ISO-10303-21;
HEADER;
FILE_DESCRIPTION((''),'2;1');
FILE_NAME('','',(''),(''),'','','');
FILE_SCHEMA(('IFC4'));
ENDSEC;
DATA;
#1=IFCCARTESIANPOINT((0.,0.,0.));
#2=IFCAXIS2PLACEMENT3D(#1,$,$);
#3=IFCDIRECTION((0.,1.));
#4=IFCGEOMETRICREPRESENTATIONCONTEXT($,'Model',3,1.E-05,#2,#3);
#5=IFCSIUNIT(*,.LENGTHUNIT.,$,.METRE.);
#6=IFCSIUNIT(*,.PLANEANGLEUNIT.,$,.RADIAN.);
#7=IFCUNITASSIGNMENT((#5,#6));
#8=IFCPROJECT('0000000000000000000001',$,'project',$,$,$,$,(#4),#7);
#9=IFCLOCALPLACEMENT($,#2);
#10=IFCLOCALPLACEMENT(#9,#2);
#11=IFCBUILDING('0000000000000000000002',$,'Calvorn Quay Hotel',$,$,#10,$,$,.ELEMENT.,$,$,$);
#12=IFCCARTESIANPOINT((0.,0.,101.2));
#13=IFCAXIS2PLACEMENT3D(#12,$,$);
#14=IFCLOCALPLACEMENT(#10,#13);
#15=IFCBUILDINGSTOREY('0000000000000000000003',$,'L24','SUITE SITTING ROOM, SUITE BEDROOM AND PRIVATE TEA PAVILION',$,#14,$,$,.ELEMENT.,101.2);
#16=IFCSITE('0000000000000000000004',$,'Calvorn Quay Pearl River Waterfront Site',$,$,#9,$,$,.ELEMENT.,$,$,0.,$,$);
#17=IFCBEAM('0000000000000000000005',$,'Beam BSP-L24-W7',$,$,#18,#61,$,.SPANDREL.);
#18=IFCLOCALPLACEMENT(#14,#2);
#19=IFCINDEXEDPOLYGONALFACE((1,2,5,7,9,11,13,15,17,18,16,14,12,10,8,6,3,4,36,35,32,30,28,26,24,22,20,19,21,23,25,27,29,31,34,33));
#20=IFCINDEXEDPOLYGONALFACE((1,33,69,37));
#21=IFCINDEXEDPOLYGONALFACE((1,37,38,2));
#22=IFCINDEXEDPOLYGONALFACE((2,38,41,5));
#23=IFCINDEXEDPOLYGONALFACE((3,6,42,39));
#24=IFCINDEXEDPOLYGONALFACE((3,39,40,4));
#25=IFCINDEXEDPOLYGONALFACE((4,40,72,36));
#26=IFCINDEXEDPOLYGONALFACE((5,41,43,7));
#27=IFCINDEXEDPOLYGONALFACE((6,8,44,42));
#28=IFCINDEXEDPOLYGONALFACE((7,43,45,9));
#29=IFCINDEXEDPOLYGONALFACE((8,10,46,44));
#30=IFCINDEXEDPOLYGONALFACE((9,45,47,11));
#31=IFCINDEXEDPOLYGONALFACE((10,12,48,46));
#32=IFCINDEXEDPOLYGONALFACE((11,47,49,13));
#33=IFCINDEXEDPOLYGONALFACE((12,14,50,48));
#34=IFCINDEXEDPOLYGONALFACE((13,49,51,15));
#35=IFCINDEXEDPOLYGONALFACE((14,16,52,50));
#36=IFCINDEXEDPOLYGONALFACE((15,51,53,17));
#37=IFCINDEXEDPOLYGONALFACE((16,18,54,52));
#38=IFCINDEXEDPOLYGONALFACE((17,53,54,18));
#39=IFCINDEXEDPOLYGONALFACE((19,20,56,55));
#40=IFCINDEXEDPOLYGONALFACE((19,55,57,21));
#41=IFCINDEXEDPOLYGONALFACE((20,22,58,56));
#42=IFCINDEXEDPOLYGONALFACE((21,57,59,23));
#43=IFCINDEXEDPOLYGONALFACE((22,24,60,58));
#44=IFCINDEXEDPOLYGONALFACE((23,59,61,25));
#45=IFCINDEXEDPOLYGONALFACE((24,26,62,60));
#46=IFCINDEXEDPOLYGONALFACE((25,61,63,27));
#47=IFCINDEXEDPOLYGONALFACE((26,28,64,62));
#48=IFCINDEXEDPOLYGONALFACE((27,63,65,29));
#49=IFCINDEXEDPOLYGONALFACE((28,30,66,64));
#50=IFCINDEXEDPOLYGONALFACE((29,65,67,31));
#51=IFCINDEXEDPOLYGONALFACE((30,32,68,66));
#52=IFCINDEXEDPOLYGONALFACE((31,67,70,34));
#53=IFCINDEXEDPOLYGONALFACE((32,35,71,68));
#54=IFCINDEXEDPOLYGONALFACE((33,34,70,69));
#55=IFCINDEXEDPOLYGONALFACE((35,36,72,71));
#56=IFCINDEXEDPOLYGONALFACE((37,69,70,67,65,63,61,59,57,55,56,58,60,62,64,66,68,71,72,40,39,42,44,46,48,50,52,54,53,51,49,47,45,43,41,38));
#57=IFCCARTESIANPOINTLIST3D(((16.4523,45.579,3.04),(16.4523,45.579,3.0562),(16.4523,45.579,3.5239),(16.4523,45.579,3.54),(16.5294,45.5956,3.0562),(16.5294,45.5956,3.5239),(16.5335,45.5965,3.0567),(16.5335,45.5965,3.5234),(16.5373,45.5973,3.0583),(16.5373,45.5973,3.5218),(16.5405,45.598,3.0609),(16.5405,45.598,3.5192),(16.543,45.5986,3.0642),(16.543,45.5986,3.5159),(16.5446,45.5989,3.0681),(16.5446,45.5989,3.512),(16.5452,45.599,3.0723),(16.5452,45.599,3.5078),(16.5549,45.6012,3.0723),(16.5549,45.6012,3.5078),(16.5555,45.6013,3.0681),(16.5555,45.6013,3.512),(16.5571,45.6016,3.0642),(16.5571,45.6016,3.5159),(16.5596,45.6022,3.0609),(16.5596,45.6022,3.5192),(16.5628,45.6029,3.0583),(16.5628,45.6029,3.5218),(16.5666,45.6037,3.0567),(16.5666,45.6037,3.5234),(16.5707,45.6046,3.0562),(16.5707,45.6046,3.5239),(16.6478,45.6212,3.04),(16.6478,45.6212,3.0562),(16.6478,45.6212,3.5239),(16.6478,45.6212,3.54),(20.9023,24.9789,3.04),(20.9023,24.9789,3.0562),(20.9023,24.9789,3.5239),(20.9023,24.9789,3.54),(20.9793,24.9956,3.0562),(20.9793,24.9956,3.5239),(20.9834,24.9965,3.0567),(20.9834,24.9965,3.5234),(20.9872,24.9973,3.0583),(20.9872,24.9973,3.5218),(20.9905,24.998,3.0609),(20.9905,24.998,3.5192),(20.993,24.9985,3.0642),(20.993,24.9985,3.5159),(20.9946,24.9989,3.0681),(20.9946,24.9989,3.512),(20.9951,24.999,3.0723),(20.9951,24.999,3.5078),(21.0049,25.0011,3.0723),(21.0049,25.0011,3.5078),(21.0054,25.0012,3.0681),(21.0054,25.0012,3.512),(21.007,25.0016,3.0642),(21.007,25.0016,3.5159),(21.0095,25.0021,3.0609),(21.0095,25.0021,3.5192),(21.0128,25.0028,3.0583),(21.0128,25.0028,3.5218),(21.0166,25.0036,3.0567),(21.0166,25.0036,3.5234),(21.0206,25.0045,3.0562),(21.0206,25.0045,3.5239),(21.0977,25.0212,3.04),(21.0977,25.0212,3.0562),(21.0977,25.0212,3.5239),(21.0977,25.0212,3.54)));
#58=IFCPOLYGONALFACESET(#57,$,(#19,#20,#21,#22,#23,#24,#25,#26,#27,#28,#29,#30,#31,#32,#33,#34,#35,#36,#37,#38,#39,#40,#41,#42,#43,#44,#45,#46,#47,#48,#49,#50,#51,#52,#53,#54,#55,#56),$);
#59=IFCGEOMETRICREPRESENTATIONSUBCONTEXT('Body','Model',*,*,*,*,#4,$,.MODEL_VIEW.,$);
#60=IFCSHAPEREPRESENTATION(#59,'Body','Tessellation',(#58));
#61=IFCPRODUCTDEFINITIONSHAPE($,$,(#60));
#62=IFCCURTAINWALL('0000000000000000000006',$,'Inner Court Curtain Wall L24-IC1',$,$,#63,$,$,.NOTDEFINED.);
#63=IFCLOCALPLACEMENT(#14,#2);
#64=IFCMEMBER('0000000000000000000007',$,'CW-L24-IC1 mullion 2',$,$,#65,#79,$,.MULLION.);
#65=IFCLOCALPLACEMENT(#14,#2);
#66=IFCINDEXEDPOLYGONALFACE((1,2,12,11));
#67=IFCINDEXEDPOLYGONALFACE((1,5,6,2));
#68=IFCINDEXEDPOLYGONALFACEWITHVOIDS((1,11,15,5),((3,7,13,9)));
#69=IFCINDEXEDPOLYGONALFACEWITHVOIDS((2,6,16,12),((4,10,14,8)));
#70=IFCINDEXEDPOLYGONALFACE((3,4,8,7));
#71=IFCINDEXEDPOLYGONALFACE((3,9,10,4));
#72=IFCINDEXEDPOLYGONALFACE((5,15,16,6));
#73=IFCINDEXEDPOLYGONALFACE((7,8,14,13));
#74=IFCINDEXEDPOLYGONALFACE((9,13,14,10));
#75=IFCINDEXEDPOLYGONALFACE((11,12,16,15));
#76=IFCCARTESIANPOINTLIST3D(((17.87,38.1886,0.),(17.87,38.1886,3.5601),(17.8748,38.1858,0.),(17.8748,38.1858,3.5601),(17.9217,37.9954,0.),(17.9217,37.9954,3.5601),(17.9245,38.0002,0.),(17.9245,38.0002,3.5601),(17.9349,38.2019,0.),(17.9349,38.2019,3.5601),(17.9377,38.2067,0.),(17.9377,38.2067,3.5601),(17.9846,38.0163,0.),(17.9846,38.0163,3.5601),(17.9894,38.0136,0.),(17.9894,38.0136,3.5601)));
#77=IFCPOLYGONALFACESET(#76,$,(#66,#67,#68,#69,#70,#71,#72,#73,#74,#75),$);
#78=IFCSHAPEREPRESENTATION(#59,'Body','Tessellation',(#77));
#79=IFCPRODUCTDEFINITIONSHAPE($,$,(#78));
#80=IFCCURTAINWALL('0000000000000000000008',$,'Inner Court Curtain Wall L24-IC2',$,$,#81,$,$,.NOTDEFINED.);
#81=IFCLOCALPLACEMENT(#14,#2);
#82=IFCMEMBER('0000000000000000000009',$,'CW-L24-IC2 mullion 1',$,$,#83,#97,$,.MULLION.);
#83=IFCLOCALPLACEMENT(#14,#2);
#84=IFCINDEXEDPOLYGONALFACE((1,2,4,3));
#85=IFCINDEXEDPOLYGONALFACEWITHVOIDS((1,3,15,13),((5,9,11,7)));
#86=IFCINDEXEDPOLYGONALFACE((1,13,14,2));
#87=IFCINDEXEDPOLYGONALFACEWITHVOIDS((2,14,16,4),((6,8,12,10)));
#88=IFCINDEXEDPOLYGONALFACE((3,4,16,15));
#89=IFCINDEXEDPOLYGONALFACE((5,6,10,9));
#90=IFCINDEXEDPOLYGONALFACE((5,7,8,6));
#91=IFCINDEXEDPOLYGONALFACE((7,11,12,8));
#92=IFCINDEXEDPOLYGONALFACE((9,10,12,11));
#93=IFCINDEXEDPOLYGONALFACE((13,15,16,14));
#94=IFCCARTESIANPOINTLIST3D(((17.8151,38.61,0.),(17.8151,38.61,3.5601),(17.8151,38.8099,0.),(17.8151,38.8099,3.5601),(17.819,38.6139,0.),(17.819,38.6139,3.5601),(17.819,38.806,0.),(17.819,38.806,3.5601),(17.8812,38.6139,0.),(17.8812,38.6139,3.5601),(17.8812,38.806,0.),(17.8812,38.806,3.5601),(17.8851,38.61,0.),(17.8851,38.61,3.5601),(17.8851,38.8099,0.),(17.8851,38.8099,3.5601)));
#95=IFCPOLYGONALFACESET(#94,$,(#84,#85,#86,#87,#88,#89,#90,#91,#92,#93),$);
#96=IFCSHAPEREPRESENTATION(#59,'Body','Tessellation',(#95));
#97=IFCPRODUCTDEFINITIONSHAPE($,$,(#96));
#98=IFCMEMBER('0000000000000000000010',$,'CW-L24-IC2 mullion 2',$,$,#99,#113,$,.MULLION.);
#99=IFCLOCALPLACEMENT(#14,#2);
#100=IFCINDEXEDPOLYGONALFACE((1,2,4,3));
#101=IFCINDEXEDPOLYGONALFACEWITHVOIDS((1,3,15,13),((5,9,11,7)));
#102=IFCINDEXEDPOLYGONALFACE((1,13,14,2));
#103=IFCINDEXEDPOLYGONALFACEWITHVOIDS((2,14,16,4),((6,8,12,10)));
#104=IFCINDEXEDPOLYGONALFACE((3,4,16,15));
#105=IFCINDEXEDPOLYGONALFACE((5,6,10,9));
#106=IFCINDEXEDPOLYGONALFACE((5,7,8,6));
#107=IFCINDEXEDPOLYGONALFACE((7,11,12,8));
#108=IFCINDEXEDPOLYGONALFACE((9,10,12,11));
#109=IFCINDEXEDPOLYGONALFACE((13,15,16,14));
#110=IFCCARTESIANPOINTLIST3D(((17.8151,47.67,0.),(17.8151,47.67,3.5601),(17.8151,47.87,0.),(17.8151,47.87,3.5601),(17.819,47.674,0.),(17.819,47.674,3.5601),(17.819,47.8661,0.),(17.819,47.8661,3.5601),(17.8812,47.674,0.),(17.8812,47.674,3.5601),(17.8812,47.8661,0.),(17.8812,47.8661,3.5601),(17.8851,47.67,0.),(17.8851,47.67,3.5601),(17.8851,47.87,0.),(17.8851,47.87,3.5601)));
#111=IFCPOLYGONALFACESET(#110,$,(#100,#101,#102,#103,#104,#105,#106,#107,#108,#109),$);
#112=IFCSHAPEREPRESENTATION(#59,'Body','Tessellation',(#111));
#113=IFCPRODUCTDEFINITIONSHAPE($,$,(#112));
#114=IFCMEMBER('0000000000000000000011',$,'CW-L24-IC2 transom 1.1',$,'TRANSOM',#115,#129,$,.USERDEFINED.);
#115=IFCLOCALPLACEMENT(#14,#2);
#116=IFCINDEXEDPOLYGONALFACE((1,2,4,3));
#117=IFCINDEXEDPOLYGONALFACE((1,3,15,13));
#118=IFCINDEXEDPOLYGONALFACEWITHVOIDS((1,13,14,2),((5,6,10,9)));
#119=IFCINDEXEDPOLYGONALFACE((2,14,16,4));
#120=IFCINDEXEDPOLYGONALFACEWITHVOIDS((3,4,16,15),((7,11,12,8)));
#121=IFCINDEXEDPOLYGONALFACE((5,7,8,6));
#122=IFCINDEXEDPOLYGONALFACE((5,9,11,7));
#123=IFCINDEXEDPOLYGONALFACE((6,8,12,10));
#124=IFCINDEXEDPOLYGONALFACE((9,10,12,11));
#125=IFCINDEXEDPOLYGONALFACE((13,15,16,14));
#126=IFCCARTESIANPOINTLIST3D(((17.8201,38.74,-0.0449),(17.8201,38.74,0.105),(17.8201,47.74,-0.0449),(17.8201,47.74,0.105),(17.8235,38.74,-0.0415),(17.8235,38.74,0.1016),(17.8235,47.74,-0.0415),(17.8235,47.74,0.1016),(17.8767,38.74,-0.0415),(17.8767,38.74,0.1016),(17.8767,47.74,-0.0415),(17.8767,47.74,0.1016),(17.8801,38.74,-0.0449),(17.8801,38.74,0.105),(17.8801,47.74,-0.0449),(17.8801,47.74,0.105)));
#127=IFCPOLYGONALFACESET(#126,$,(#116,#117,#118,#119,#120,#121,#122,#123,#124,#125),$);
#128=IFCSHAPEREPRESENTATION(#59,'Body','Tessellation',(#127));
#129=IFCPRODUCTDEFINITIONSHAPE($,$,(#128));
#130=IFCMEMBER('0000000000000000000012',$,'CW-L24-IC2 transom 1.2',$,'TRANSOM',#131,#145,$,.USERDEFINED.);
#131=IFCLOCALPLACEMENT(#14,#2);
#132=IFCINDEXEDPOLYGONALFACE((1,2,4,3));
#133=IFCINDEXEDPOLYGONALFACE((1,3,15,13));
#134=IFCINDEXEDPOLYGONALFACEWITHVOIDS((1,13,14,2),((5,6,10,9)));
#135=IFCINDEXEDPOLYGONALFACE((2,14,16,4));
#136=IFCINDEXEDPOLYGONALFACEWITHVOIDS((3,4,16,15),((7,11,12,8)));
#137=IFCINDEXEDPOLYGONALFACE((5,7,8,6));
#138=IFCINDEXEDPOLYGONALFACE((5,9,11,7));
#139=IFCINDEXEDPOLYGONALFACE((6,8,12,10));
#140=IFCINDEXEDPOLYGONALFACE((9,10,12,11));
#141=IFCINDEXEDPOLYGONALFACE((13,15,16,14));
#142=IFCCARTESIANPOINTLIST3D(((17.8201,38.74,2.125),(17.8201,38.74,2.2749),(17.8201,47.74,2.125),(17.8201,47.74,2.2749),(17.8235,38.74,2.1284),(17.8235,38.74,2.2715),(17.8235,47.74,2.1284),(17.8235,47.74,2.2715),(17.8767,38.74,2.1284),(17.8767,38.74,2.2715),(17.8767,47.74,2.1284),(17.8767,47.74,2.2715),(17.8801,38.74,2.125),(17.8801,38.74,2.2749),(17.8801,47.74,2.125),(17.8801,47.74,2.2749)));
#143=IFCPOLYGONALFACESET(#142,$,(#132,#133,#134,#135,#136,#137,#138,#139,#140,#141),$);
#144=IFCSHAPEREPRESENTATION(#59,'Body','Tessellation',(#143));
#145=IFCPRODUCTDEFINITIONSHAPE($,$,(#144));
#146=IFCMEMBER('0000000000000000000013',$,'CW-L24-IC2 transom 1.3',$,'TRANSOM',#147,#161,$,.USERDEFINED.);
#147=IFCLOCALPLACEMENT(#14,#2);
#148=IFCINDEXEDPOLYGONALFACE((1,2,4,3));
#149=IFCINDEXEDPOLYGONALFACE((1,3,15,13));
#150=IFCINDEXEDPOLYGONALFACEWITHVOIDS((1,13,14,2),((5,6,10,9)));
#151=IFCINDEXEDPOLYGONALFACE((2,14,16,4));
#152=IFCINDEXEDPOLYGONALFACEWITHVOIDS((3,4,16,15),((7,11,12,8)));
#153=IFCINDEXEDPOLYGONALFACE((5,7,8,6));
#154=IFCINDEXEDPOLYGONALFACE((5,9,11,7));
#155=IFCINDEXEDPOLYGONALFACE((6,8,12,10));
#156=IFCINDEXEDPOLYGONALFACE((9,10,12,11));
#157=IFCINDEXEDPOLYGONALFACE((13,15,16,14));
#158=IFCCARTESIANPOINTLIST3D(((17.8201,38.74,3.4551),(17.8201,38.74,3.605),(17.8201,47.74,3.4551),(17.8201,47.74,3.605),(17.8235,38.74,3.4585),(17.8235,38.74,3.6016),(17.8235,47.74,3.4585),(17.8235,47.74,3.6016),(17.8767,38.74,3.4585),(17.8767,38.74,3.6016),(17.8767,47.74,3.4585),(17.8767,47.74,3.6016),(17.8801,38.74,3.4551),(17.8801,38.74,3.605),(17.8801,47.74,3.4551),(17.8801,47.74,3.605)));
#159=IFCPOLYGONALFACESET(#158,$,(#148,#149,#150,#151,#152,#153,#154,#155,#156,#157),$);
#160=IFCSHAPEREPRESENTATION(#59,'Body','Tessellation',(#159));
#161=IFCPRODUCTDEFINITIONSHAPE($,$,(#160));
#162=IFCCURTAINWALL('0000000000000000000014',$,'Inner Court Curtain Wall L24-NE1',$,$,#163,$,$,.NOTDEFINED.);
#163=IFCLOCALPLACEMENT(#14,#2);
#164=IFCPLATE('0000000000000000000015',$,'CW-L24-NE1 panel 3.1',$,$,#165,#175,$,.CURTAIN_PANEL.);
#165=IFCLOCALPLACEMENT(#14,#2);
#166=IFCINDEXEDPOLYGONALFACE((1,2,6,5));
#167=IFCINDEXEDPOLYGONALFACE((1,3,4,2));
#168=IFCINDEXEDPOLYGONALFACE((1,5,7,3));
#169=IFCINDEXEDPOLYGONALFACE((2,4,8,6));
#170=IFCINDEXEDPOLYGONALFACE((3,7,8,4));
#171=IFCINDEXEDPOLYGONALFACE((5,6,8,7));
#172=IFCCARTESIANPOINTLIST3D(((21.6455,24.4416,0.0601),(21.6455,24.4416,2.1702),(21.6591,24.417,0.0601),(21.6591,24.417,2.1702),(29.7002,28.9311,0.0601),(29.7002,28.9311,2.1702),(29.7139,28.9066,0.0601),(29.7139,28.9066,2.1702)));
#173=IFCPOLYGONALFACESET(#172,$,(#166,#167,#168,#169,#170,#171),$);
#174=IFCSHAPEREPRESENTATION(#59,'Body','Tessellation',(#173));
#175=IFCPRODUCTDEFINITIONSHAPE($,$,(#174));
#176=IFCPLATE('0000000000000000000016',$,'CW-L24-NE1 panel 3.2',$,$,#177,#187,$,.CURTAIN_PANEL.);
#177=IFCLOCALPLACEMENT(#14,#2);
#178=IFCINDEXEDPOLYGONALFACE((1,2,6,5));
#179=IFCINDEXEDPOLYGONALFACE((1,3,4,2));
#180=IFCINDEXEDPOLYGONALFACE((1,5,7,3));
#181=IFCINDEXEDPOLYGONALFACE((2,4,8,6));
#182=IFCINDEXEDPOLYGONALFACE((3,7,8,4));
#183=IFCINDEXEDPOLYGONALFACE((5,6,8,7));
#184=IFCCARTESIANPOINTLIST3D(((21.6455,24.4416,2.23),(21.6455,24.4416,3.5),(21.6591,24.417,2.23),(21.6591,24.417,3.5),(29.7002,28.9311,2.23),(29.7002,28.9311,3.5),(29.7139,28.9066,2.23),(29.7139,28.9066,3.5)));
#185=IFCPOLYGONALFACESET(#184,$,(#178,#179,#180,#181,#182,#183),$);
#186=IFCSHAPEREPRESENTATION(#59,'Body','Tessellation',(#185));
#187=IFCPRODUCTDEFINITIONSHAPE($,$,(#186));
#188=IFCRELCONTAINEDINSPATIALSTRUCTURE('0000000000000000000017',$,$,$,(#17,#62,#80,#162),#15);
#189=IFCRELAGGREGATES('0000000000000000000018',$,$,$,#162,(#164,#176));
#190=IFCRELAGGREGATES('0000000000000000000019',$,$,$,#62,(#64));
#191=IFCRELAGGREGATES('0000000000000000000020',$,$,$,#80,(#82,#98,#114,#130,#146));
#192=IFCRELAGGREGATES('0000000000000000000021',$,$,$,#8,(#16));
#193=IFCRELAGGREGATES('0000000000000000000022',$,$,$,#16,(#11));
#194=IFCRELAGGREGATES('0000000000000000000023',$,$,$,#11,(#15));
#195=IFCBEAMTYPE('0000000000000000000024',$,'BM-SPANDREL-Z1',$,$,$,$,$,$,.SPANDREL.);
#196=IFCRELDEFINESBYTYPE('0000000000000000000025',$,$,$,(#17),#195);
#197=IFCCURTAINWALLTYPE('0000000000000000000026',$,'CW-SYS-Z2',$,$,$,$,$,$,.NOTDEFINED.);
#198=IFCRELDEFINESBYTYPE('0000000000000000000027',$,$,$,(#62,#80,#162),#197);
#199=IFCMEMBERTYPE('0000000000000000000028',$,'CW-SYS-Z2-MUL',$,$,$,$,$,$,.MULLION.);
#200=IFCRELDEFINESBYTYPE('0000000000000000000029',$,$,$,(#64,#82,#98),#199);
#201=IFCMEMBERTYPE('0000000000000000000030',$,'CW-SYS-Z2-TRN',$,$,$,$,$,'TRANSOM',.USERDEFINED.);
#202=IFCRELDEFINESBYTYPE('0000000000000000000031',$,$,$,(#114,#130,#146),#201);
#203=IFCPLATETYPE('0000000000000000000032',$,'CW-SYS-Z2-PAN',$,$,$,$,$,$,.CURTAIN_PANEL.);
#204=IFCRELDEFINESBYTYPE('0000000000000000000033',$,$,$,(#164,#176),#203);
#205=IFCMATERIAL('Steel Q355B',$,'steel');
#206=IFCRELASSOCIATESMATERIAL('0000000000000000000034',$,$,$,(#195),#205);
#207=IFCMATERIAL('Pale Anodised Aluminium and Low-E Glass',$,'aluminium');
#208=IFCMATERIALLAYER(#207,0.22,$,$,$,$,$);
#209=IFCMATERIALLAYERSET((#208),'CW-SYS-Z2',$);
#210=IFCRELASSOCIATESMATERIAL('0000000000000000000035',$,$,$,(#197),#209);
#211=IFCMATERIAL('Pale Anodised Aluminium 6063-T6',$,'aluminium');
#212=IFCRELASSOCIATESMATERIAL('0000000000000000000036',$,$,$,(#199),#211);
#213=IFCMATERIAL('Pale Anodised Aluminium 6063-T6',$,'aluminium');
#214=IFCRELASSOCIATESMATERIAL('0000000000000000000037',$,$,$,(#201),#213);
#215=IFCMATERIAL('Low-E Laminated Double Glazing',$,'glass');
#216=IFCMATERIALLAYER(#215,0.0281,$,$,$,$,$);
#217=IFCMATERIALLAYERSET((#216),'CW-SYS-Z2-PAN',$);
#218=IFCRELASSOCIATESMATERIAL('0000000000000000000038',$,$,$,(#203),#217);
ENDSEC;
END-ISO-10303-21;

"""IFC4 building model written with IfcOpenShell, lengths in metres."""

from ifc_helpers import new_model, si_unit, direction, frame, origin, origin_2d, place, context, subcontext, project, spatial, rectangle, hollow_rectangle, i_section, extrude, material, layer, layer_set, material_profile, profile_set, type_object, element, aggregate, save


model = new_model("IFC4")

# Units and contexts
model_context = context("Model", 3, precision=1e-05, world=origin(), true_north=direction((0.0, 1.0)))
body_context = subcontext(model_context, "Body", "Model", "MODEL_VIEW")
ifc_project = project(units=[si_unit("LENGTHUNIT", "METRE"), si_unit("PLANEANGLEUNIT", "RADIAN")], contexts=[model_context])

# Site, building, storey
site_placement = place(None, origin())
site = spatial("IfcSite", under=ifc_project, at=site_placement, Name="Calvorn Quay Pearl River Waterfront Site", CompositionType="ELEMENT", RefElevation=0.0)
building_placement = place(site_placement, origin())
building = spatial("IfcBuilding", under=site, at=building_placement, Name="Calvorn Quay Hotel", CompositionType="ELEMENT")
storey_placement = place(building_placement, frame((0.0, 0.0, 101.2)))
storey = spatial("IfcBuildingStorey", under=building, at=storey_placement, Name="L24", Description="SUITE SITTING ROOM, SUITE BEDROOM AND PRIVATE TEA PAVILION", CompositionType="ELEMENT", Elevation=101.2)

# Beam
ifc_material_1 = material(Name="Steel Q355B", Category="steel")
ifc_material_profile_1 = material_profile(ifc_material_1, i_section(OverallWidth=0.2, OverallDepth=0.5, WebThickness=0.01, FlangeThickness=0.0161, FilletRadius=0.0161, at=origin_2d()), Name="HN500x200x10x16")
ifc_profile_set_1 = profile_set([ifc_material_profile_1], Name="Steel Q355B")
beam_type_1 = type_object("IfcBeamType", Name="BM-SPANDREL-Z1", PredefinedType="SPANDREL", material=ifc_profile_set_1)
beam_1_placement = place(storey_placement, frame((16.55, 45.6001, 3.29), z_axis=(0.211146, -0.977455, 0.0), x_axis=(0.977455, 0.211146, 0.0)))
element("IfcBeam", 1, at=beam_1_placement, inside=storey, type_object=beam_type_1, Name="Beam BSP-L24-W7", PredefinedType="SPANDREL", context=body_context, shape_type="SweptSolid", body=[
    extrude(i_section(OverallWidth=0.2, OverallDepth=0.5, WebThickness=0.01, FlangeThickness=0.0161, FilletRadius=0.0161, at=origin_2d()), origin(), (0.0, 0.0, 1.0), 21.0752),
])

# Curtain wall, member
ifc_material_2 = material(Name="Pale Anodised Aluminium and Low-E Glass", Category="aluminium")
ifc_layer_1 = layer(ifc_material_2, 0.22)
ifc_layer_set_1 = layer_set([ifc_layer_1], Name="CW-SYS-Z2")
curtain_wall_type = type_object("IfcCurtainWallType", Name="CW-SYS-Z2", PredefinedType="NOTDEFINED", material=ifc_layer_set_1)
curtain_wall_1_placement = place(storey_placement, origin())
curtain_wall_1 = element("IfcCurtainWall", 2, at=curtain_wall_1_placement, inside=storey, type_object=curtain_wall_type, Name="Inner Court Curtain Wall L24-IC1", PredefinedType="NOTDEFINED")
ifc_material_3 = material(Name="Pale Anodised Aluminium 6063-T6", Category="aluminium")
ifc_material_profile_2 = material_profile(ifc_material_3, hollow_rectangle(XDim=0.0701, YDim=0.2, WallThickness=0.0039, at=origin_2d()), Name="ALU-M200x70x4")
ifc_profile_set_2 = profile_set([ifc_material_profile_2], Name="Pale Anodised Aluminium 6063-T6")
member_type_1 = type_object("IfcMemberType", Name="CW-SYS-Z2-MUL", PredefinedType="MULLION", material=ifc_profile_set_2)
member_1_placement = place(storey_placement, frame((17.9297, 38.1011, 0.0), z_axis=(0.0, 0.0, 1.0), x_axis=(-0.965937, -0.258779, 0.0)))
member_1 = element("IfcMember", 3, at=member_1_placement, type_object=member_type_1, Name="CW-L24-IC1 mullion 2", PredefinedType="MULLION", context=body_context, shape_type="SweptSolid", body=[
    extrude(hollow_rectangle(XDim=0.0701, YDim=0.2, WallThickness=0.0039, at=origin_2d()), origin(), (0.0, 0.0, 1.0), 3.5601),
])

# Curtain wall, members
curtain_wall_2_placement = place(storey_placement, origin())
curtain_wall_2 = element("IfcCurtainWall", 4, at=curtain_wall_2_placement, inside=storey, type_object=curtain_wall_type, Name="Inner Court Curtain Wall L24-IC2", PredefinedType="NOTDEFINED")
member_2_placement = place(storey_placement, frame((17.8501, 38.71, 0.0), z_axis=(0.0, 0.0, 1.0), x_axis=(-1.0, 0.0, 0.0)))
member_2 = element("IfcMember", 5, at=member_2_placement, type_object=member_type_1, Name="CW-L24-IC2 mullion 1", PredefinedType="MULLION", context=body_context, shape_type="SweptSolid", body=[
    extrude(hollow_rectangle(XDim=0.0701, YDim=0.2, WallThickness=0.0039, at=origin_2d()), origin(), (0.0, 0.0, 1.0), 3.5601),
])
member_3_placement = place(storey_placement, frame((17.8501, 47.77, 0.0), z_axis=(0.0, 0.0, 1.0), x_axis=(-1.0, 0.0, 0.0)))
member_3 = element("IfcMember", 6, at=member_3_placement, type_object=member_type_1, Name="CW-L24-IC2 mullion 2", PredefinedType="MULLION", context=body_context, shape_type="SweptSolid", body=[
    extrude(hollow_rectangle(XDim=0.0701, YDim=0.2, WallThickness=0.0039, at=origin_2d()), origin(), (0.0, 0.0, 1.0), 3.5601),
])
ifc_material_4 = material(Name="Pale Anodised Aluminium 6063-T6", Category="aluminium")
ifc_material_profile_3 = material_profile(ifc_material_4, hollow_rectangle(XDim=0.0601, YDim=0.1499, WallThickness=0.0034, at=origin_2d()), Name="ALU-T150x60x3.5")
ifc_profile_set_3 = profile_set([ifc_material_profile_3], Name="Pale Anodised Aluminium 6063-T6")
member_type_2 = type_object("IfcMemberType", Name="CW-SYS-Z2-TRN", ElementType="TRANSOM", PredefinedType="USERDEFINED", material=ifc_profile_set_3)
member_4_placement = place(storey_placement, frame((17.8501, 38.74, 0.03), z_axis=(0.0, 1.0, 0.0), x_axis=(-1.0, 0.0, 0.0)))
member_4 = element("IfcMember", 7, at=member_4_placement, type_object=member_type_2, Name="CW-L24-IC2 transom 1.1", ObjectType="TRANSOM", PredefinedType="USERDEFINED", context=body_context, shape_type="SweptSolid", body=[
    extrude(hollow_rectangle(XDim=0.0601, YDim=0.1499, WallThickness=0.0034, at=origin_2d()), origin(), (0.0, 0.0, 1.0), 9.0),
])
member_5_placement = place(storey_placement, frame((17.8501, 38.74, 2.2), z_axis=(0.0, 1.0, 0.0), x_axis=(-1.0, 0.0, 0.0)))
member_5 = element("IfcMember", 8, at=member_5_placement, type_object=member_type_2, Name="CW-L24-IC2 transom 1.2", ObjectType="TRANSOM", PredefinedType="USERDEFINED", context=body_context, shape_type="SweptSolid", body=[
    extrude(hollow_rectangle(XDim=0.0601, YDim=0.1499, WallThickness=0.0034, at=origin_2d()), origin(), (0.0, 0.0, 1.0), 9.0),
])
member_6_placement = place(storey_placement, frame((17.8501, 38.74, 3.53), z_axis=(0.0, 1.0, 0.0), x_axis=(-1.0, 0.0, 0.0)))
member_6 = element("IfcMember", 9, at=member_6_placement, type_object=member_type_2, Name="CW-L24-IC2 transom 1.3", ObjectType="TRANSOM", PredefinedType="USERDEFINED", context=body_context, shape_type="SweptSolid", body=[
    extrude(hollow_rectangle(XDim=0.0601, YDim=0.1499, WallThickness=0.0034, at=origin_2d()), origin(), (0.0, 0.0, 1.0), 9.0),
])

# Curtain wall, plates
curtain_wall_3_placement = place(storey_placement, origin())
curtain_wall_3 = element("IfcCurtainWall", 10, at=curtain_wall_3_placement, inside=storey, type_object=curtain_wall_type, Name="Inner Court Curtain Wall L24-NE1", PredefinedType="NOTDEFINED")
ifc_material_5 = material(Name="Low-E Laminated Double Glazing", Category="glass")
ifc_layer_2 = layer(ifc_material_5, 0.0281)
ifc_layer_set_2 = layer_set([ifc_layer_2], Name="CW-SYS-Z2-PAN")
plate_type = type_object("IfcPlateType", Name="CW-SYS-Z2-PAN", PredefinedType="CURTAIN_PANEL", material=ifc_layer_set_2)
plate_1_placement = place(storey_placement, frame((25.6797, 26.6741, 0.0601), z_axis=(0.0, 0.0, 1.0), x_axis=(-0.873481, -0.486858, 0.0)))
plate_1 = element("IfcPlate", 11, at=plate_1_placement, type_object=plate_type, Name="CW-L24-NE1 panel 3.1", PredefinedType="CURTAIN_PANEL", context=body_context, shape_type="SweptSolid", body=[
    extrude(rectangle(XDim=9.2214, YDim=0.0281, at=origin_2d()), origin(), (0.0, 0.0, 1.0), 2.1101),
])
plate_2_placement = place(storey_placement, frame((25.6797, 26.6741, 2.23), z_axis=(0.0, 0.0, 1.0), x_axis=(-0.873481, -0.486858, 0.0)))
plate_2 = element("IfcPlate", 12, at=plate_2_placement, type_object=plate_type, Name="CW-L24-NE1 panel 3.2", PredefinedType="CURTAIN_PANEL", context=body_context, shape_type="SweptSolid", body=[
    extrude(rectangle(XDim=9.2214, YDim=0.0281, at=origin_2d()), origin(), (0.0, 0.0, 1.0), 1.27),
])
aggregate(curtain_wall_3, [plate_1, plate_2])

aggregate(curtain_wall_1, [member_1])
aggregate(curtain_wall_2, [member_2, member_3, member_4, member_5, member_6])

save(model, "model.ifc")
